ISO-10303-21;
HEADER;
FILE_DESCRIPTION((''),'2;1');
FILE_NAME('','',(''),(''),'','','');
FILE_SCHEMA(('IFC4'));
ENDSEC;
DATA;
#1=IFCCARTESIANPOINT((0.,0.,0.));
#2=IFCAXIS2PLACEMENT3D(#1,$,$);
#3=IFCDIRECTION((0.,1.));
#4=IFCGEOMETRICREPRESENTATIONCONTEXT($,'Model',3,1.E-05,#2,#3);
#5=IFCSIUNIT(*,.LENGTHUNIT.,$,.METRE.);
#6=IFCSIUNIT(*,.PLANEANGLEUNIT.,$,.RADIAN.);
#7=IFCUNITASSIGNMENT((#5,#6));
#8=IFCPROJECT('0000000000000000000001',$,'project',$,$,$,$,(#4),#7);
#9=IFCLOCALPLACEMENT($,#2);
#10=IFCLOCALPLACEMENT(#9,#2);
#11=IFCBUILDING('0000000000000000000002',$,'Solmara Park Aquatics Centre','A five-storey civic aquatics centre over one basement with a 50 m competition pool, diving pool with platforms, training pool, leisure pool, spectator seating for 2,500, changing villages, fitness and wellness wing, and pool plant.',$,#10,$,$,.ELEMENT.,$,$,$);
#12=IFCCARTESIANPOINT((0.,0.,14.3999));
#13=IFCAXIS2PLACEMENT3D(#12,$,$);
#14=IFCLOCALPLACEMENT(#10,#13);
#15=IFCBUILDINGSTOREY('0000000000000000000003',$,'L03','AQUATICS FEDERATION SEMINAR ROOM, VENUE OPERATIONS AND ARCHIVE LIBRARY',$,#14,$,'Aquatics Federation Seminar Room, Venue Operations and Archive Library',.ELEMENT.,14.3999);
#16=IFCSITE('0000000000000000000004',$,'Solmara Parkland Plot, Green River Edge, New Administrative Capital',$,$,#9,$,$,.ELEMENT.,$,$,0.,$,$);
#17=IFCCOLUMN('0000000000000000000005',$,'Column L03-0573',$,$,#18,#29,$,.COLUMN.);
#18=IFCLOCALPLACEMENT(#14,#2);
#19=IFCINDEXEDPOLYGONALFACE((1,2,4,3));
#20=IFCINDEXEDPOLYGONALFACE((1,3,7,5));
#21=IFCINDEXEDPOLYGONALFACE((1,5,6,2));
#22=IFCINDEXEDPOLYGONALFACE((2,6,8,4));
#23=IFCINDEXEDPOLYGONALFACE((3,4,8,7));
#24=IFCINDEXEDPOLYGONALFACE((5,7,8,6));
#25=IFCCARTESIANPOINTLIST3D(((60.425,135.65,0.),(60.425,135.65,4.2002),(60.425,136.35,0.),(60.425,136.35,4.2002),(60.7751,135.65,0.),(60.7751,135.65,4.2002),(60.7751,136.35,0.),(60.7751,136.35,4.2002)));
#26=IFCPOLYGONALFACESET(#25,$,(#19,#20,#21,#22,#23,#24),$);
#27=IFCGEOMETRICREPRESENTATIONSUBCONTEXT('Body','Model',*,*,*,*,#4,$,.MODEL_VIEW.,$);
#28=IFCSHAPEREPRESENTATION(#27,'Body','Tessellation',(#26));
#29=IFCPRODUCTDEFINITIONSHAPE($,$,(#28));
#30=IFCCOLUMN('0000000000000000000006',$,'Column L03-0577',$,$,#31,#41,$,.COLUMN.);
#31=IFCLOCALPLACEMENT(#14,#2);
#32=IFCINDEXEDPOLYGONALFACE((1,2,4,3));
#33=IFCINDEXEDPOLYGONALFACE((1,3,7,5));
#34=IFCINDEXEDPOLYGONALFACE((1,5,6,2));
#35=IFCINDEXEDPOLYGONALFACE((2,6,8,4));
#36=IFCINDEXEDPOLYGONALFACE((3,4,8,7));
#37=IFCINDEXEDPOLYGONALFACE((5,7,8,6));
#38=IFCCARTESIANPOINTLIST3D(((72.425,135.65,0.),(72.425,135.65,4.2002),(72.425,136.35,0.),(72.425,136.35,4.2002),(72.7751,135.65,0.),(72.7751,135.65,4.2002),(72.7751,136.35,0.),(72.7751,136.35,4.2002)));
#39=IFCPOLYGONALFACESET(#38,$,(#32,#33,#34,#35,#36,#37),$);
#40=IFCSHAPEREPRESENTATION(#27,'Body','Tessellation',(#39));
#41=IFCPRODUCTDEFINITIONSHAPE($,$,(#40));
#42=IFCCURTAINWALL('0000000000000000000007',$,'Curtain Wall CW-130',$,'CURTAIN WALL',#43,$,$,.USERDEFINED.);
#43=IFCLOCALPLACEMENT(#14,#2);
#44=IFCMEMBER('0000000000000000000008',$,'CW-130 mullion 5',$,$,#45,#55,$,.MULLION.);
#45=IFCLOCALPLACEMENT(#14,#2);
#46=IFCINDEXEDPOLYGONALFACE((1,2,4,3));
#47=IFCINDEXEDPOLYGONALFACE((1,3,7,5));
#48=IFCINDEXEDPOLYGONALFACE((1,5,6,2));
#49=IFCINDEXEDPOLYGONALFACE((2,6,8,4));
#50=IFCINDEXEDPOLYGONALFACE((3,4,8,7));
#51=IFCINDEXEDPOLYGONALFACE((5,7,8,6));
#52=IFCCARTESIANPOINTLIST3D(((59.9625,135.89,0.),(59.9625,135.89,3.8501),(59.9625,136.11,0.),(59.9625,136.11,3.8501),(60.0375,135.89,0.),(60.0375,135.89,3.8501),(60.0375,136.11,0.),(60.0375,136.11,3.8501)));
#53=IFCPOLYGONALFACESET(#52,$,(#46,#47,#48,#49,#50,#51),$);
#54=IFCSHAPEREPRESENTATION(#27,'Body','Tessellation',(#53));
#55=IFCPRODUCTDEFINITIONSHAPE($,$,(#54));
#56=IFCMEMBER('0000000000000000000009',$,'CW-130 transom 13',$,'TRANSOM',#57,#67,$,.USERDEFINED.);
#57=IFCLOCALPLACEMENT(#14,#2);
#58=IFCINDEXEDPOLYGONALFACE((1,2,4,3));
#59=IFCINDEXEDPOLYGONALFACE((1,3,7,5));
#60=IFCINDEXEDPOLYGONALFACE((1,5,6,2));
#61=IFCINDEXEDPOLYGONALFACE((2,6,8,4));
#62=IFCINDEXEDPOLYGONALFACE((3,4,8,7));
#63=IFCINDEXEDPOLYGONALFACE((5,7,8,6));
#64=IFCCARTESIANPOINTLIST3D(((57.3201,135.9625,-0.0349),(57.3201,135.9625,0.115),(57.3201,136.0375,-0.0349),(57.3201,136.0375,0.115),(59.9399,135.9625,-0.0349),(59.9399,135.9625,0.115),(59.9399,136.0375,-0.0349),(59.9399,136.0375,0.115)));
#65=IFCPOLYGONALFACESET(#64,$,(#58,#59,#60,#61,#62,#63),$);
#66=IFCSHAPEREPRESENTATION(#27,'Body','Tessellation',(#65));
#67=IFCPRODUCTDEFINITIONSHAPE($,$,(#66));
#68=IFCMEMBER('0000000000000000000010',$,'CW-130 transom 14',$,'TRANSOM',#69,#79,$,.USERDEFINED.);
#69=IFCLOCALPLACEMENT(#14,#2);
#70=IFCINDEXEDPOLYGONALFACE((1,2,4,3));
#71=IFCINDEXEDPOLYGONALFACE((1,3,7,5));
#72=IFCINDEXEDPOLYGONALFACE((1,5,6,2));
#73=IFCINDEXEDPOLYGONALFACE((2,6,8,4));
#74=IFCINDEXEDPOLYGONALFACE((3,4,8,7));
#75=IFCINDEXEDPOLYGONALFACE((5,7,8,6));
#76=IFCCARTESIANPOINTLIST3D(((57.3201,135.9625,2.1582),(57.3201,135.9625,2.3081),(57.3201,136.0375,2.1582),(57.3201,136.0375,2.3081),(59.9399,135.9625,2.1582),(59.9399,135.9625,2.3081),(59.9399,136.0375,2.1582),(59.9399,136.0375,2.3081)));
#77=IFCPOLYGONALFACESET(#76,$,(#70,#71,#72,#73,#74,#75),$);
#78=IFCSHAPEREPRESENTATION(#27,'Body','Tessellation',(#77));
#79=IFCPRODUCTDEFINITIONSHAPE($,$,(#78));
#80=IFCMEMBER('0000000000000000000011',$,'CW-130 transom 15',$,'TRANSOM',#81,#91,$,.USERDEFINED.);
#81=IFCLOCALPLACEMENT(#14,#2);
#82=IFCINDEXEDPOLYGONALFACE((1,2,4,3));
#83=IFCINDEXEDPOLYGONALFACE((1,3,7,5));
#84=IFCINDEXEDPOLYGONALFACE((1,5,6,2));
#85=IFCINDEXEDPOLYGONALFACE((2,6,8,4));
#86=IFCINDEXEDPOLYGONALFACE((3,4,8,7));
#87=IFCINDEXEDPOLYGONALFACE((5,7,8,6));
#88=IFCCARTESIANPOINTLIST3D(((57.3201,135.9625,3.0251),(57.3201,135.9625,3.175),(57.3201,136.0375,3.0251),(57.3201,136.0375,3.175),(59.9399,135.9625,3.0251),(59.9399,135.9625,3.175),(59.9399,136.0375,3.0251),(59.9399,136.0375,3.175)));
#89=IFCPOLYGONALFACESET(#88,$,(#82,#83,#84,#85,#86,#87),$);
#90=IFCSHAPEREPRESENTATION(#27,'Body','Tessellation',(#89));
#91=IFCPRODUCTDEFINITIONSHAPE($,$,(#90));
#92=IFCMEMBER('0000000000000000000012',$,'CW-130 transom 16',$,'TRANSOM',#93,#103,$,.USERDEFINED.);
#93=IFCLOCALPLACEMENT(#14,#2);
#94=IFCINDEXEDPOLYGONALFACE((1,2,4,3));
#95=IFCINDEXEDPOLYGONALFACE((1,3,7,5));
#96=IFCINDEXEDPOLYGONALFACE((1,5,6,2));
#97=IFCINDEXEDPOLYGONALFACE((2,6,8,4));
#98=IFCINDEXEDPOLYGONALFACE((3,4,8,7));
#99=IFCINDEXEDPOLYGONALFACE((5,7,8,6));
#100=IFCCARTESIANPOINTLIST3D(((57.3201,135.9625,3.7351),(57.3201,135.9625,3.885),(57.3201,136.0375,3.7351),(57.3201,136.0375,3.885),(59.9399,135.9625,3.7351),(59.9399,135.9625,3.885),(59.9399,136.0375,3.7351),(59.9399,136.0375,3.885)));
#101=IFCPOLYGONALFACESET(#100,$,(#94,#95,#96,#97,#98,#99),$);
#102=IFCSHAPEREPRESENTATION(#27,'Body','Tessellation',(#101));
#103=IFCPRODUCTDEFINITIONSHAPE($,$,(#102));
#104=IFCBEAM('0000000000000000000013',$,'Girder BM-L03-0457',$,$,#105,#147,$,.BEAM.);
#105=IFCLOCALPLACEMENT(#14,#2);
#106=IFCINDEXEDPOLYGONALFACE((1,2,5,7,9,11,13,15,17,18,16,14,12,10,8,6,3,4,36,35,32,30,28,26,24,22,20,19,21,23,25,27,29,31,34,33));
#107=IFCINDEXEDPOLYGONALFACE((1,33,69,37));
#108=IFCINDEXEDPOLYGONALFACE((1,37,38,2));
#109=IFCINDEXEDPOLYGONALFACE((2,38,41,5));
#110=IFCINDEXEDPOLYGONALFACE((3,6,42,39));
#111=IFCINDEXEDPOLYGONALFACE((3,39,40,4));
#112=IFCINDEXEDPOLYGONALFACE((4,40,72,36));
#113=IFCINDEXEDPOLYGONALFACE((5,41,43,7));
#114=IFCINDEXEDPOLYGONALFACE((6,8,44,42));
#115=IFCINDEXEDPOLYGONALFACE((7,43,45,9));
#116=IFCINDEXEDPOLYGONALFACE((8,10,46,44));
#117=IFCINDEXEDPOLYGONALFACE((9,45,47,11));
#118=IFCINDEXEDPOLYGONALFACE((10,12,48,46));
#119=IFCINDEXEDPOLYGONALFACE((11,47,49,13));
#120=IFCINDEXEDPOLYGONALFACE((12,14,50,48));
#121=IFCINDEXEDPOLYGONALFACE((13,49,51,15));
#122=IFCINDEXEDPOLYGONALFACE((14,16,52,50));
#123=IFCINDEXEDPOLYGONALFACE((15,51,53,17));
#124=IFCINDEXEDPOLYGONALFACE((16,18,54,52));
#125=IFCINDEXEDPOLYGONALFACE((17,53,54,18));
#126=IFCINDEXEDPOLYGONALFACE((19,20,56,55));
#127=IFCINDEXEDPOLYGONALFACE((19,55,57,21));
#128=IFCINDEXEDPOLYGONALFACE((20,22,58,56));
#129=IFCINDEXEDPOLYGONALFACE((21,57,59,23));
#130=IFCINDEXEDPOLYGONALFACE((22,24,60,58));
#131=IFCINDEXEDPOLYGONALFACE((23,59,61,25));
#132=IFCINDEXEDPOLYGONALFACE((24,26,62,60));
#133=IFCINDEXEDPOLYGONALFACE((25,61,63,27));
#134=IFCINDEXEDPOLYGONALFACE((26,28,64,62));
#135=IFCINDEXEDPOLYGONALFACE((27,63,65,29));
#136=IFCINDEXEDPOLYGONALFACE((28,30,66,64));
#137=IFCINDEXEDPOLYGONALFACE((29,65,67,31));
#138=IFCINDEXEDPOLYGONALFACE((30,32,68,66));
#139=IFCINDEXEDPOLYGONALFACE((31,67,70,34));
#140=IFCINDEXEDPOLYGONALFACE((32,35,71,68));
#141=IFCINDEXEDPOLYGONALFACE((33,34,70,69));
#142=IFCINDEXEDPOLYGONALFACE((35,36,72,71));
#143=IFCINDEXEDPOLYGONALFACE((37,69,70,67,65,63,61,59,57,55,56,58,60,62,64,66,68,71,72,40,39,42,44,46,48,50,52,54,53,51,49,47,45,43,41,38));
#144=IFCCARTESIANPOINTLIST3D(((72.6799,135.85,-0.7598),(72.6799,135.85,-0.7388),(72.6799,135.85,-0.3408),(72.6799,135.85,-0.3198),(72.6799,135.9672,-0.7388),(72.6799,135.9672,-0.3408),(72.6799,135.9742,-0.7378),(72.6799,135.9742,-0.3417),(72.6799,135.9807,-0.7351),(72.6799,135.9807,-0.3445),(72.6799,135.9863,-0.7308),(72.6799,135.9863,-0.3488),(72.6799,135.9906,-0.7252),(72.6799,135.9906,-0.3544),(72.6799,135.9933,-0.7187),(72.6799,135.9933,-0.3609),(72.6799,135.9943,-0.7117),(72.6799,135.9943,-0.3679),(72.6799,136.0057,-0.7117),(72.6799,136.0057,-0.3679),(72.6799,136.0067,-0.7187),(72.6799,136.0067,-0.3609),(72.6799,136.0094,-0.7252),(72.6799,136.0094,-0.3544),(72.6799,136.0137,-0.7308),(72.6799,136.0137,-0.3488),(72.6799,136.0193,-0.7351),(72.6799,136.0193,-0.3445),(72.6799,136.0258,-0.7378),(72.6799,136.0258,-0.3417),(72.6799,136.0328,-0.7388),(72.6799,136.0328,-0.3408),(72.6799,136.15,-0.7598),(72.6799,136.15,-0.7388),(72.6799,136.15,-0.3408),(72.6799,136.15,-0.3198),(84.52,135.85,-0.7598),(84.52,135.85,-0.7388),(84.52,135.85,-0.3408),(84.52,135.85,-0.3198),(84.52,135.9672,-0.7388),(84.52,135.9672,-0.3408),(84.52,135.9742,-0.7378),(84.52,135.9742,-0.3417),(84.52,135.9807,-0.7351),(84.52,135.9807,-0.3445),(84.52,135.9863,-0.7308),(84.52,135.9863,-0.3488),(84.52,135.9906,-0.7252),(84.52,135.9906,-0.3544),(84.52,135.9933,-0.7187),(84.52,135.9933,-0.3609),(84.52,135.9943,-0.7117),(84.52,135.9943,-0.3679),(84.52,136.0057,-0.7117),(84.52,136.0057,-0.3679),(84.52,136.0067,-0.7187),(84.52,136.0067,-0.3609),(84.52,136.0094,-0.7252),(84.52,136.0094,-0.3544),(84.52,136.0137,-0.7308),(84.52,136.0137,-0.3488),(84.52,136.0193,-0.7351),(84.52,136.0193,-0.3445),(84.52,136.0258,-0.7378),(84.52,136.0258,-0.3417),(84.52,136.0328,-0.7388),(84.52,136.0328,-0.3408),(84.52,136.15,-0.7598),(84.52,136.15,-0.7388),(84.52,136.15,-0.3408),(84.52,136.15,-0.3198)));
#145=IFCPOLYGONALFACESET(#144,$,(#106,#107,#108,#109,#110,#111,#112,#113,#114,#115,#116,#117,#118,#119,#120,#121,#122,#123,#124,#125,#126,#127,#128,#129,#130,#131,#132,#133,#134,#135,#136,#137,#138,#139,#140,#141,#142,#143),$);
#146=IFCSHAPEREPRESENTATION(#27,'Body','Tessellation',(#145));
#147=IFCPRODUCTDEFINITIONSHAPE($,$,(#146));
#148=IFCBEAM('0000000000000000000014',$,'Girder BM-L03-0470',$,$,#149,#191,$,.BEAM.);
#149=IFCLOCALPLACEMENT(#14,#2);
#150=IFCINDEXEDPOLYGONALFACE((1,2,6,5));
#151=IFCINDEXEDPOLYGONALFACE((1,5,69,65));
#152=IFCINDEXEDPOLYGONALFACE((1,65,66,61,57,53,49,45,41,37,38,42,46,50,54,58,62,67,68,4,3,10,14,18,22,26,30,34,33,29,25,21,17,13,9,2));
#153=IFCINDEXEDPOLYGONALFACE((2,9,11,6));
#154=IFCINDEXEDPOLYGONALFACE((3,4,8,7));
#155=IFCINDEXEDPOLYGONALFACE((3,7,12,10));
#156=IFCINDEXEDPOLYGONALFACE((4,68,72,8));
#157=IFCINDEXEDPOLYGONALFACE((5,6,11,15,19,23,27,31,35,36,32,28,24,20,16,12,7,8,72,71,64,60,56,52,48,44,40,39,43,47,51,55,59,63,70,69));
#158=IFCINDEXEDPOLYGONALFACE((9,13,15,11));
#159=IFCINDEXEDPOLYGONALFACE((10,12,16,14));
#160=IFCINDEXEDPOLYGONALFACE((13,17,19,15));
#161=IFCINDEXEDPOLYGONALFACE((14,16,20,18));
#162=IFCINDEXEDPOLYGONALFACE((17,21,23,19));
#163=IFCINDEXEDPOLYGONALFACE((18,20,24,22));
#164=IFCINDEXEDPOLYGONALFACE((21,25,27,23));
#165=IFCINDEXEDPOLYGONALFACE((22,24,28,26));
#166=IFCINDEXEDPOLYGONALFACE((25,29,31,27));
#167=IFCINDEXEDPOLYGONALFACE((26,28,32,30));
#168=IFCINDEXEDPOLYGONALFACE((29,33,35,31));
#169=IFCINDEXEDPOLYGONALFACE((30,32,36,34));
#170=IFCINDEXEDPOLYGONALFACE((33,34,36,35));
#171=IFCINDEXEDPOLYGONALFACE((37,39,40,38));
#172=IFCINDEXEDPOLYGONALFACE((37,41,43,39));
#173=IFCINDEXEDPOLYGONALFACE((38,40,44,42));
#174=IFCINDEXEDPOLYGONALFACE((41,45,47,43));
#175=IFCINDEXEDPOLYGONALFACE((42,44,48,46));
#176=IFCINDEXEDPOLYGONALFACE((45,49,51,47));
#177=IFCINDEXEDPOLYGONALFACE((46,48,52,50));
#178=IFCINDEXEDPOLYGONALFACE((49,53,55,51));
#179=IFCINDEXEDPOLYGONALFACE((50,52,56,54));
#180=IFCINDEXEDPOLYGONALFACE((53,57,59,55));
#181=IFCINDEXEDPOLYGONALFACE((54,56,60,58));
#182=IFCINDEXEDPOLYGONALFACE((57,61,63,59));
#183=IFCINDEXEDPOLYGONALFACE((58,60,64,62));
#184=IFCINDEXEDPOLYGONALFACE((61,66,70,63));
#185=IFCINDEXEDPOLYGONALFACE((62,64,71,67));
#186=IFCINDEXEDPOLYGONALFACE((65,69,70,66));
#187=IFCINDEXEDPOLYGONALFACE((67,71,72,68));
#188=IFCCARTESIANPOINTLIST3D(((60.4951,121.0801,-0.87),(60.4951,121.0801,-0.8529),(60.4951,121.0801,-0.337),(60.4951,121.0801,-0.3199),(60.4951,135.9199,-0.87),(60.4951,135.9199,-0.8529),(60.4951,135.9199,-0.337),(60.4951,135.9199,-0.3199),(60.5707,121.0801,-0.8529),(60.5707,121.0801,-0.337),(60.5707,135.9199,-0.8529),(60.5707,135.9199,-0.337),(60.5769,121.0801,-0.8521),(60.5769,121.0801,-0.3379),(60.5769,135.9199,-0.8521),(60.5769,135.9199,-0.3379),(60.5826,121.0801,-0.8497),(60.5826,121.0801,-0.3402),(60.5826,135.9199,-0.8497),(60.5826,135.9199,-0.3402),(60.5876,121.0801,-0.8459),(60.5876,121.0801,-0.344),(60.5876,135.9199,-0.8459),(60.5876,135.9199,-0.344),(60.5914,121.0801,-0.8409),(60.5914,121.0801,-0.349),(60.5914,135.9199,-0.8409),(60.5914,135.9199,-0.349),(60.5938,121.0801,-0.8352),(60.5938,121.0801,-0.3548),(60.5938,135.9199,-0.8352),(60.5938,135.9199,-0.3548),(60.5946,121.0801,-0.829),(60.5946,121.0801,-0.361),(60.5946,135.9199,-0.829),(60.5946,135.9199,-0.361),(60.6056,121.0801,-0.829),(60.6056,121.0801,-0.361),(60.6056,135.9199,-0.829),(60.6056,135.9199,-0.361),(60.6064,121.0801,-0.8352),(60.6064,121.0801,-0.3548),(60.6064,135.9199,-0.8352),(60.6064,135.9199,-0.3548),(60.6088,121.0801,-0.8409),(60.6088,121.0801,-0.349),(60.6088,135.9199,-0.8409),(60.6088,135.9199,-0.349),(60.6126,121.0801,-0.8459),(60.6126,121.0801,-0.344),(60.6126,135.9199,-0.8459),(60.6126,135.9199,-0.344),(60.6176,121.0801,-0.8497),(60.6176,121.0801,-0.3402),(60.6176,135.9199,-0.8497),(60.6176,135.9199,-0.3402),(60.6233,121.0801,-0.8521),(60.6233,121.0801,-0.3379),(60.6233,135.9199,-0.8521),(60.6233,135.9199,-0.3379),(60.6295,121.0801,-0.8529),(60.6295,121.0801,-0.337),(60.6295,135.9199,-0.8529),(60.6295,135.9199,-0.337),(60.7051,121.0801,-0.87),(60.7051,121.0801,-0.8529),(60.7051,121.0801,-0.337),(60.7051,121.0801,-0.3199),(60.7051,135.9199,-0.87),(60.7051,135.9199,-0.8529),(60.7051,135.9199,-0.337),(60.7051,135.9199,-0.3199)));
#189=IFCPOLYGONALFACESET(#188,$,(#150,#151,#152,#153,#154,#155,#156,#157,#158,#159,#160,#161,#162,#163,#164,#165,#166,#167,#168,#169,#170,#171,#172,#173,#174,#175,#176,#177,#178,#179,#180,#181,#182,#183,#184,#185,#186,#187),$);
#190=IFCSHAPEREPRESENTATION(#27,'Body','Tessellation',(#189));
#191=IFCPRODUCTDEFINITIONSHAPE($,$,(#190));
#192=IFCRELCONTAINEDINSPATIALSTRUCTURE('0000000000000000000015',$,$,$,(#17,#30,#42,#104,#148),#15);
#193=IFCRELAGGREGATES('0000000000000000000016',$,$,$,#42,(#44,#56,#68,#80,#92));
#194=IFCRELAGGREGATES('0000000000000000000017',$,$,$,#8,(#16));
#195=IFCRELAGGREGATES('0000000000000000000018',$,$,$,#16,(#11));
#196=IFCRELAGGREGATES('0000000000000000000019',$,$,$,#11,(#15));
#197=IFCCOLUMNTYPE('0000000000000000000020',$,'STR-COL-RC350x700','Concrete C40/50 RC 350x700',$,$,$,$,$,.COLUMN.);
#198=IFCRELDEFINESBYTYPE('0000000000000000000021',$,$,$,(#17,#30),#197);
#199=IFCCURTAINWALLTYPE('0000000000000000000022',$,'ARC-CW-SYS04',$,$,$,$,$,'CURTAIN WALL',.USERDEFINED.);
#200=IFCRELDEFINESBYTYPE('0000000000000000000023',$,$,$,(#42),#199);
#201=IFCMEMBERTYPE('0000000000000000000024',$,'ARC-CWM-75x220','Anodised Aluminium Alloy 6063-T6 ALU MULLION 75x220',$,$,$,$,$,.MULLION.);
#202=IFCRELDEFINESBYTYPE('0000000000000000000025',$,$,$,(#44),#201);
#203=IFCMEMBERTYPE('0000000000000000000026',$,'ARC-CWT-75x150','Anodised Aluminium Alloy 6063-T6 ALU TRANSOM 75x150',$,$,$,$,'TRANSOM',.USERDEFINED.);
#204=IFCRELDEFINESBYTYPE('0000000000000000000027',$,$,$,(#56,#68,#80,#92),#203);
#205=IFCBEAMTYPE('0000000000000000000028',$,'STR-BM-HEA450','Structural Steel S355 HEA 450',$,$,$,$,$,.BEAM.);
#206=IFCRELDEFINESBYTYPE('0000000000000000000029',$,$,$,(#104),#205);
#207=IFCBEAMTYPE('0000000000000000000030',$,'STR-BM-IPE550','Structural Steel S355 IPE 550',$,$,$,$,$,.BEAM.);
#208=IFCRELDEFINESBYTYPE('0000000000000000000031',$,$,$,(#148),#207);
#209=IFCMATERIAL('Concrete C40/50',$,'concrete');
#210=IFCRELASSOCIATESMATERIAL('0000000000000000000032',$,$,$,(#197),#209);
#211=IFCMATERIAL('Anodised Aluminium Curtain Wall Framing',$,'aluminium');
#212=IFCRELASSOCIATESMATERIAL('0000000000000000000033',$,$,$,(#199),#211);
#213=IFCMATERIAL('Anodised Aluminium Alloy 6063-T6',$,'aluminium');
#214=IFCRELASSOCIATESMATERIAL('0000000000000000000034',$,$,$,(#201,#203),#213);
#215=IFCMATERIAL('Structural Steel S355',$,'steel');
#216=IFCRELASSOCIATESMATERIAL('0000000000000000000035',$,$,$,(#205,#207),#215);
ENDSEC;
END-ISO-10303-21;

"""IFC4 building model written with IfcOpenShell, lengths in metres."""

from ifc_helpers import new_model, si_unit, direction, frame, origin, origin_2d, place, context, subcontext, project, spatial, rectangle, i_section, extrude, material, material_profile, profile_set, type_object, element, aggregate, save


model = new_model("IFC4")

# Units and contexts
model_context = context("Model", 3, precision=1e-05, world=origin(), true_north=direction((0.0, 1.0)))
body_context = subcontext(model_context, "Body", "Model", "MODEL_VIEW")
ifc_project = project(units=[si_unit("LENGTHUNIT", "METRE"), si_unit("PLANEANGLEUNIT", "RADIAN")], contexts=[model_context])

# Site, building, storey
site_placement = place(None, origin())
site = spatial("IfcSite", under=ifc_project, at=site_placement, Name="Solmara Parkland Plot, Green River Edge, New Administrative Capital", CompositionType="ELEMENT", RefElevation=0.0)
building_placement = place(site_placement, origin())
building = spatial("IfcBuilding", under=site, at=building_placement, Name="Solmara Park Aquatics Centre", Description="A five-storey civic aquatics centre over one basement with a 50 m competition pool, diving pool with platforms, training pool, leisure pool, spectator seating for 2,500, changing villages, fitness and wellness wing, and pool plant.", CompositionType="ELEMENT")
storey_placement = place(building_placement, frame((0.0, 0.0, 14.3999)))
storey = spatial("IfcBuildingStorey", under=building, at=storey_placement, Name="L03", Description="AQUATICS FEDERATION SEMINAR ROOM, VENUE OPERATIONS AND ARCHIVE LIBRARY", LongName="Aquatics Federation Seminar Room, Venue Operations and Archive Library", CompositionType="ELEMENT", Elevation=14.3999)

# Columns
ifc_material_1 = material(Name="Concrete C40/50", Category="concrete")
ifc_material_profile_1 = material_profile(ifc_material_1, rectangle(XDim=0.3501, YDim=0.7, at=origin_2d()), Name="RC 350x700")
ifc_profile_set_1 = profile_set([ifc_material_profile_1], Name="Concrete C40/50")
column_type = type_object("IfcColumnType", Name="STR-COL-RC350x700", Description="Concrete C40/50 RC 350x700", PredefinedType="COLUMN", material=ifc_profile_set_1)
for number, where, z_axis, x_axis, name in (
    (1, (60.6001, 136.0, 0.0), (0.0, 0.0, 1.0), (1.0, 0.0, 0.0), "Column L03-0573"),
    (2, (72.6001, 136.0, 0.0), (0.0, 0.0, 1.0), (1.0, 0.0, 0.0), "Column L03-0577"),
):
    element("IfcColumn", number, at=place(storey_placement, frame(where, z_axis=z_axis, x_axis=x_axis)), inside=storey, type_object=column_type, Name=name, PredefinedType="COLUMN", context=body_context, shape_type="SweptSolid", body=[
        extrude(rectangle(XDim=0.3501, YDim=0.7, at=origin_2d()), origin(), (0.0, 0.0, 1.0), 4.2002),
    ])

# Curtain wall, members
ifc_material_2 = material(Name="Anodised Aluminium Curtain Wall Framing", Category="aluminium")
curtain_wall_type = type_object("IfcCurtainWallType", Name="ARC-CW-SYS04", ElementType="CURTAIN WALL", PredefinedType="USERDEFINED", material=ifc_material_2)
curtain_wall_placement = place(storey_placement, origin())
curtain_wall = element("IfcCurtainWall", 3, at=curtain_wall_placement, inside=storey, type_object=curtain_wall_type, Name="Curtain Wall CW-130", ObjectType="CURTAIN WALL", PredefinedType="USERDEFINED")
ifc_material_3 = material(Name="Anodised Aluminium Alloy 6063-T6", Category="aluminium")
ifc_material_profile_2 = material_profile(ifc_material_3, rectangle(XDim=0.075, YDim=0.22, at=origin_2d()), Name="ALU MULLION 75x220")
ifc_profile_set_2 = profile_set([ifc_material_profile_2], Name="Anodised Aluminium Alloy 6063-T6")
member_type_1 = type_object("IfcMemberType", Name="ARC-CWM-75x220", Description="Anodised Aluminium Alloy 6063-T6 ALU MULLION 75x220", PredefinedType="MULLION", material=ifc_profile_set_2)
member_1_placement = place(storey_placement, frame((60.0, 136.0, 0.0), z_axis=(0.0, 0.0, 1.0), x_axis=(1.0, 0.0, 0.0)))
member_1 = element("IfcMember", 4, at=member_1_placement, type_object=member_type_1, Name="CW-130 mullion 5", PredefinedType="MULLION", context=body_context, shape_type="SweptSolid", body=[
    extrude(rectangle(XDim=0.075, YDim=0.22, at=origin_2d()), origin(), (0.0, 0.0, 1.0), 3.8501),
])
ifc_material_profile_3 = material_profile(ifc_material_3, rectangle(XDim=0.075, YDim=0.1499, at=origin_2d()), Name="ALU TRANSOM 75x150")
ifc_profile_set_3 = profile_set([ifc_material_profile_3], Name="Anodised Aluminium Alloy 6063-T6")
member_type_2 = type_object("IfcMemberType", Name="ARC-CWT-75x150", Description="Anodised Aluminium Alloy 6063-T6 ALU TRANSOM 75x150", ElementType="TRANSOM", PredefinedType="USERDEFINED", material=ifc_profile_set_3)
member_2_placement = place(storey_placement, frame((57.3201, 136.0, 0.04), z_axis=(1.0, 0.0, 0.0), x_axis=(0.0, 1.0, 0.0)))
member_2 = element("IfcMember", 5, at=member_2_placement, type_object=member_type_2, Name="CW-130 transom 13", ObjectType="TRANSOM", PredefinedType="USERDEFINED", context=body_context, shape_type="SweptSolid", body=[
    extrude(rectangle(XDim=0.075, YDim=0.1499, at=origin_2d()), origin(), (0.0, 0.0, 1.0), 2.6199),
])
member_3_placement = place(storey_placement, frame((57.3201, 136.0, 2.2332), z_axis=(1.0, 0.0, 0.0), x_axis=(0.0, 1.0, 0.0)))
member_3 = element("IfcMember", 6, at=member_3_placement, type_object=member_type_2, Name="CW-130 transom 14", ObjectType="TRANSOM", PredefinedType="USERDEFINED", context=body_context, shape_type="SweptSolid", body=[
    extrude(rectangle(XDim=0.075, YDim=0.1499, at=origin_2d()), origin(), (0.0, 0.0, 1.0), 2.6199),
])
member_4_placement = place(storey_placement, frame((57.3201, 136.0, 3.1001), z_axis=(1.0, 0.0, 0.0), x_axis=(0.0, 1.0, 0.0)))
member_4 = element("IfcMember", 7, at=member_4_placement, type_object=member_type_2, Name="CW-130 transom 15", ObjectType="TRANSOM", PredefinedType="USERDEFINED", context=body_context, shape_type="SweptSolid", body=[
    extrude(rectangle(XDim=0.075, YDim=0.1499, at=origin_2d()), origin(), (0.0, 0.0, 1.0), 2.6199),
])
member_5_placement = place(storey_placement, frame((57.3201, 136.0, 3.8101), z_axis=(1.0, 0.0, 0.0), x_axis=(0.0, 1.0, 0.0)))
member_5 = element("IfcMember", 8, at=member_5_placement, type_object=member_type_2, Name="CW-130 transom 16", ObjectType="TRANSOM", PredefinedType="USERDEFINED", context=body_context, shape_type="SweptSolid", body=[
    extrude(rectangle(XDim=0.075, YDim=0.1499, at=origin_2d()), origin(), (0.0, 0.0, 1.0), 2.6199),
])

# Beams
ifc_material_4 = material(Name="Structural Steel S355", Category="steel")
ifc_material_profile_4 = material_profile(ifc_material_4, i_section(OverallWidth=0.3, OverallDepth=0.4399, WebThickness=0.0115, FlangeThickness=0.021, FilletRadius=0.0271, at=origin_2d()), Name="HEA 450")
ifc_profile_set_4 = profile_set([ifc_material_profile_4], Name="Structural Steel S355")
beam_type_1 = type_object("IfcBeamType", Name="STR-BM-HEA450", Description="Structural Steel S355 HEA 450", PredefinedType="BEAM", material=ifc_profile_set_4)
beam_1_placement = place(storey_placement, frame((72.6799, 136.0, -0.5398), z_axis=(1.0, 0.0, 0.0), x_axis=(0.0, 1.0, 0.0)))
element("IfcBeam", 9, at=beam_1_placement, inside=storey, type_object=beam_type_1, Name="Girder BM-L03-0457", PredefinedType="BEAM", context=body_context, shape_type="SweptSolid", body=[
    extrude(i_section(OverallWidth=0.3, OverallDepth=0.4399, WebThickness=0.0115, FlangeThickness=0.021, FilletRadius=0.0271, at=origin_2d()), origin(), (0.0, 0.0, 1.0), 11.8401),
])
ifc_material_profile_5 = material_profile(ifc_material_4, i_section(OverallWidth=0.21, OverallDepth=0.55, WebThickness=0.011, FlangeThickness=0.0171, FilletRadius=0.0239, at=origin_2d()), Name="IPE 550")
ifc_profile_set_5 = profile_set([ifc_material_profile_5], Name="Structural Steel S355")
beam_type_2 = type_object("IfcBeamType", Name="STR-BM-IPE550", Description="Structural Steel S355 IPE 550", PredefinedType="BEAM", material=ifc_profile_set_5)
for number, where, z_axis, x_axis, name in (
    (10, (60.6001, 121.0801, -0.595), (0.0, 1.0, 0.0), (-1.0, 0.0, 0.0), "Girder BM-L03-0470"),
):
    element("IfcBeam", number, at=place(storey_placement, frame(where, z_axis=z_axis, x_axis=x_axis)), inside=storey, type_object=beam_type_2, Name=name, PredefinedType="BEAM", context=body_context, shape_type="SweptSolid", body=[
        extrude(i_section(OverallWidth=0.21, OverallDepth=0.55, WebThickness=0.011, FlangeThickness=0.0171, FilletRadius=0.0239, at=origin_2d()), origin(), (0.0, 0.0, 1.0), 14.8398),
    ])

aggregate(curtain_wall, [member_1, member_2, member_3, member_4, member_5])

save(model, "model.ifc")
